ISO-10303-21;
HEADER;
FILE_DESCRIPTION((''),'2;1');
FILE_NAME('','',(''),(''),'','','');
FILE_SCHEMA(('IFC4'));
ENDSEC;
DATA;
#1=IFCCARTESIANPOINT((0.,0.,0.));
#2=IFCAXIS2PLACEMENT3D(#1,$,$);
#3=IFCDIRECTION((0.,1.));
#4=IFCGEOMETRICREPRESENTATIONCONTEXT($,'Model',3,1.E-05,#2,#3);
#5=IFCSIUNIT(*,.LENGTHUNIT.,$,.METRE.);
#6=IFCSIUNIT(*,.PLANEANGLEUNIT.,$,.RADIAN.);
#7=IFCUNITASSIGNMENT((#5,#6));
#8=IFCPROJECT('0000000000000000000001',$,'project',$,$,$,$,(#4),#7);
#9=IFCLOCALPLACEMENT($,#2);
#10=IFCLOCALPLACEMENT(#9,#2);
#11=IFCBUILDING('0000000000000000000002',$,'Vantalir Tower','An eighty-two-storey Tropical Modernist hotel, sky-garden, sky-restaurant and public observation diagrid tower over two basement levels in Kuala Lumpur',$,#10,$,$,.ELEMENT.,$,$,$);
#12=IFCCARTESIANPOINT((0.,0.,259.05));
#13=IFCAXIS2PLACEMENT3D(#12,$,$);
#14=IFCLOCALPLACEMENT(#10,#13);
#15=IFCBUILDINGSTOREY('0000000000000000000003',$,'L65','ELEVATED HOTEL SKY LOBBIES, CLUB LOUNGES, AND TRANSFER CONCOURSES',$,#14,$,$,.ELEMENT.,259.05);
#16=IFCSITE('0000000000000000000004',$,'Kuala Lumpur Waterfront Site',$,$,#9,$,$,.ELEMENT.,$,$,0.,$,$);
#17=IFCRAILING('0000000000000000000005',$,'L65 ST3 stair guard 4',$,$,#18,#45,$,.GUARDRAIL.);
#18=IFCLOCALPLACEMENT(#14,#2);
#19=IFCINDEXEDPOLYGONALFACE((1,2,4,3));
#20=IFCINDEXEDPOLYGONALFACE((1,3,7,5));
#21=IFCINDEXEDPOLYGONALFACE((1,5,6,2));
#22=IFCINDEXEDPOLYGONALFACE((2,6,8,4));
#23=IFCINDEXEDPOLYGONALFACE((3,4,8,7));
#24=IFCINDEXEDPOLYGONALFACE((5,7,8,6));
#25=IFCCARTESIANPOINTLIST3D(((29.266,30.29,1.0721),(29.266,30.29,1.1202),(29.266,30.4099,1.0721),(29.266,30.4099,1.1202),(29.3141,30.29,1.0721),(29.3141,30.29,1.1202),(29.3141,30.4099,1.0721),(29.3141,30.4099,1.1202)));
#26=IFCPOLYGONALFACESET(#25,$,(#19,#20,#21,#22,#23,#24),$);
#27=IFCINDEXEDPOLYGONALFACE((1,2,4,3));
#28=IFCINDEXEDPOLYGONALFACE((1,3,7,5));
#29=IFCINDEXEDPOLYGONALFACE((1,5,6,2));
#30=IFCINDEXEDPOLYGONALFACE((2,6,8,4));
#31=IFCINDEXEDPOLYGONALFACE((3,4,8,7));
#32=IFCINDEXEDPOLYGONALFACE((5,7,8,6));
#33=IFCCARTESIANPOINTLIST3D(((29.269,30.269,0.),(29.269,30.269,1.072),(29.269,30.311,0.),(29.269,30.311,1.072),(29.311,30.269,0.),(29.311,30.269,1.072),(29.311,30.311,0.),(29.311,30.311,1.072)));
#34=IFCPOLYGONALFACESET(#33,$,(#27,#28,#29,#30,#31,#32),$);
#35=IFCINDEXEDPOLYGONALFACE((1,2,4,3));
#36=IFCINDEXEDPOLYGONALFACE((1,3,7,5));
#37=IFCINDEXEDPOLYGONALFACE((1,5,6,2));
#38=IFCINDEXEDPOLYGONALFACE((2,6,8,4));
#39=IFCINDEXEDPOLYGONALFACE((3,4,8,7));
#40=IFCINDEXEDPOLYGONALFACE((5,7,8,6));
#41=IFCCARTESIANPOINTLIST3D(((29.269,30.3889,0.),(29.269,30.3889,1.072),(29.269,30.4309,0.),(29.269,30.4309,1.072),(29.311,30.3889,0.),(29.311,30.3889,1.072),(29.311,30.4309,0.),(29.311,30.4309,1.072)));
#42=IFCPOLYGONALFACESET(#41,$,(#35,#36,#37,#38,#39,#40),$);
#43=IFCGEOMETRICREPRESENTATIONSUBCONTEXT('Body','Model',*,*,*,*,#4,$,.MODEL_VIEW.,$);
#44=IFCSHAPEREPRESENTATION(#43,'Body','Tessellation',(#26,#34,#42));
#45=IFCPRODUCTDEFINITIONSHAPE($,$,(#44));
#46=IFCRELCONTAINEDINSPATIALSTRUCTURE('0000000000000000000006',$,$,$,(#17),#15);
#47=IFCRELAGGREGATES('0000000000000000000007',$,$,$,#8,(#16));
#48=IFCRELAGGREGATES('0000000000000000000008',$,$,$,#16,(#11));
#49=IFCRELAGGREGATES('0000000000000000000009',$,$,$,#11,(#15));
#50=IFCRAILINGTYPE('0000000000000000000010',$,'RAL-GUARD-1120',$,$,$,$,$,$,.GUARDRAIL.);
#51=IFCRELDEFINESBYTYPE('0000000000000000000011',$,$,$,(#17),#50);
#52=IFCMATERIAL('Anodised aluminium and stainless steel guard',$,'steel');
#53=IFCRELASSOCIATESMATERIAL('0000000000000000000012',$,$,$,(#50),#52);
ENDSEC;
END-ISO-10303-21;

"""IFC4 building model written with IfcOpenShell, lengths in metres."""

from ifc_helpers import new_model, si_unit, direction, frame, origin, origin_2d, place, context, subcontext, project, spatial, rectangle, extrude, material, type_object, element, save


model = new_model("IFC4")

# Units and contexts
model_context = context("Model", 3, precision=1e-05, world=origin(), true_north=direction((0.0, 1.0)))
body_context = subcontext(model_context, "Body", "Model", "MODEL_VIEW")
ifc_project = project(units=[si_unit("LENGTHUNIT", "METRE"), si_unit("PLANEANGLEUNIT", "RADIAN")], contexts=[model_context])

# Site, building, storey
site_placement = place(None, origin())
site = spatial("IfcSite", under=ifc_project, at=site_placement, Name="Kuala Lumpur Waterfront Site", CompositionType="ELEMENT", RefElevation=0.0)
building_placement = place(site_placement, origin())
building = spatial("IfcBuilding", under=site, at=building_placement, Name="Vantalir Tower", Description="An eighty-two-storey Tropical Modernist hotel, sky-garden, sky-restaurant and public observation diagrid tower over two basement levels in Kuala Lumpur", CompositionType="ELEMENT")
storey_placement = place(building_placement, frame((0.0, 0.0, 259.05)))
storey = spatial("IfcBuildingStorey", under=building, at=storey_placement, Name="L65", Description="ELEVATED HOTEL SKY LOBBIES, CLUB LOUNGES, AND TRANSFER CONCOURSES", CompositionType="ELEMENT", Elevation=259.05)

# Railing
ifc_material_1 = material(Name="Anodised aluminium and stainless steel guard", Category="steel")
railing_type = type_object("IfcRailingType", Name="RAL-GUARD-1120", PredefinedType="GUARDRAIL", material=ifc_material_1)
railing_1_placement = place(storey_placement, frame((29.29, 30.29, 0.0)))
element("IfcRailing", 1, at=railing_1_placement, inside=storey, type_object=railing_type, Name="L65 ST3 stair guard 4", PredefinedType="GUARDRAIL", context=body_context, shape_type="SweptSolid", body=[
    extrude(rectangle(XDim=0.0481, YDim=0.0481, at=origin_2d()), frame((0.0, 0.0, 1.0962), z_axis=(0.0, 1.0, 0.0), x_axis=(-1.0, 0.0, 0.0)), (0.0, 0.0, 1.0), 0.1199),
    extrude(rectangle(XDim=0.042, YDim=0.042, at=origin_2d()), origin(), (0.0, 0.0, 1.0), 1.072),
    extrude(rectangle(XDim=0.042, YDim=0.042, at=origin_2d()), frame((0.0, 0.1199, 0.0)), (0.0, 0.0, 1.0), 1.072),
])

save(model, "model.ifc")
